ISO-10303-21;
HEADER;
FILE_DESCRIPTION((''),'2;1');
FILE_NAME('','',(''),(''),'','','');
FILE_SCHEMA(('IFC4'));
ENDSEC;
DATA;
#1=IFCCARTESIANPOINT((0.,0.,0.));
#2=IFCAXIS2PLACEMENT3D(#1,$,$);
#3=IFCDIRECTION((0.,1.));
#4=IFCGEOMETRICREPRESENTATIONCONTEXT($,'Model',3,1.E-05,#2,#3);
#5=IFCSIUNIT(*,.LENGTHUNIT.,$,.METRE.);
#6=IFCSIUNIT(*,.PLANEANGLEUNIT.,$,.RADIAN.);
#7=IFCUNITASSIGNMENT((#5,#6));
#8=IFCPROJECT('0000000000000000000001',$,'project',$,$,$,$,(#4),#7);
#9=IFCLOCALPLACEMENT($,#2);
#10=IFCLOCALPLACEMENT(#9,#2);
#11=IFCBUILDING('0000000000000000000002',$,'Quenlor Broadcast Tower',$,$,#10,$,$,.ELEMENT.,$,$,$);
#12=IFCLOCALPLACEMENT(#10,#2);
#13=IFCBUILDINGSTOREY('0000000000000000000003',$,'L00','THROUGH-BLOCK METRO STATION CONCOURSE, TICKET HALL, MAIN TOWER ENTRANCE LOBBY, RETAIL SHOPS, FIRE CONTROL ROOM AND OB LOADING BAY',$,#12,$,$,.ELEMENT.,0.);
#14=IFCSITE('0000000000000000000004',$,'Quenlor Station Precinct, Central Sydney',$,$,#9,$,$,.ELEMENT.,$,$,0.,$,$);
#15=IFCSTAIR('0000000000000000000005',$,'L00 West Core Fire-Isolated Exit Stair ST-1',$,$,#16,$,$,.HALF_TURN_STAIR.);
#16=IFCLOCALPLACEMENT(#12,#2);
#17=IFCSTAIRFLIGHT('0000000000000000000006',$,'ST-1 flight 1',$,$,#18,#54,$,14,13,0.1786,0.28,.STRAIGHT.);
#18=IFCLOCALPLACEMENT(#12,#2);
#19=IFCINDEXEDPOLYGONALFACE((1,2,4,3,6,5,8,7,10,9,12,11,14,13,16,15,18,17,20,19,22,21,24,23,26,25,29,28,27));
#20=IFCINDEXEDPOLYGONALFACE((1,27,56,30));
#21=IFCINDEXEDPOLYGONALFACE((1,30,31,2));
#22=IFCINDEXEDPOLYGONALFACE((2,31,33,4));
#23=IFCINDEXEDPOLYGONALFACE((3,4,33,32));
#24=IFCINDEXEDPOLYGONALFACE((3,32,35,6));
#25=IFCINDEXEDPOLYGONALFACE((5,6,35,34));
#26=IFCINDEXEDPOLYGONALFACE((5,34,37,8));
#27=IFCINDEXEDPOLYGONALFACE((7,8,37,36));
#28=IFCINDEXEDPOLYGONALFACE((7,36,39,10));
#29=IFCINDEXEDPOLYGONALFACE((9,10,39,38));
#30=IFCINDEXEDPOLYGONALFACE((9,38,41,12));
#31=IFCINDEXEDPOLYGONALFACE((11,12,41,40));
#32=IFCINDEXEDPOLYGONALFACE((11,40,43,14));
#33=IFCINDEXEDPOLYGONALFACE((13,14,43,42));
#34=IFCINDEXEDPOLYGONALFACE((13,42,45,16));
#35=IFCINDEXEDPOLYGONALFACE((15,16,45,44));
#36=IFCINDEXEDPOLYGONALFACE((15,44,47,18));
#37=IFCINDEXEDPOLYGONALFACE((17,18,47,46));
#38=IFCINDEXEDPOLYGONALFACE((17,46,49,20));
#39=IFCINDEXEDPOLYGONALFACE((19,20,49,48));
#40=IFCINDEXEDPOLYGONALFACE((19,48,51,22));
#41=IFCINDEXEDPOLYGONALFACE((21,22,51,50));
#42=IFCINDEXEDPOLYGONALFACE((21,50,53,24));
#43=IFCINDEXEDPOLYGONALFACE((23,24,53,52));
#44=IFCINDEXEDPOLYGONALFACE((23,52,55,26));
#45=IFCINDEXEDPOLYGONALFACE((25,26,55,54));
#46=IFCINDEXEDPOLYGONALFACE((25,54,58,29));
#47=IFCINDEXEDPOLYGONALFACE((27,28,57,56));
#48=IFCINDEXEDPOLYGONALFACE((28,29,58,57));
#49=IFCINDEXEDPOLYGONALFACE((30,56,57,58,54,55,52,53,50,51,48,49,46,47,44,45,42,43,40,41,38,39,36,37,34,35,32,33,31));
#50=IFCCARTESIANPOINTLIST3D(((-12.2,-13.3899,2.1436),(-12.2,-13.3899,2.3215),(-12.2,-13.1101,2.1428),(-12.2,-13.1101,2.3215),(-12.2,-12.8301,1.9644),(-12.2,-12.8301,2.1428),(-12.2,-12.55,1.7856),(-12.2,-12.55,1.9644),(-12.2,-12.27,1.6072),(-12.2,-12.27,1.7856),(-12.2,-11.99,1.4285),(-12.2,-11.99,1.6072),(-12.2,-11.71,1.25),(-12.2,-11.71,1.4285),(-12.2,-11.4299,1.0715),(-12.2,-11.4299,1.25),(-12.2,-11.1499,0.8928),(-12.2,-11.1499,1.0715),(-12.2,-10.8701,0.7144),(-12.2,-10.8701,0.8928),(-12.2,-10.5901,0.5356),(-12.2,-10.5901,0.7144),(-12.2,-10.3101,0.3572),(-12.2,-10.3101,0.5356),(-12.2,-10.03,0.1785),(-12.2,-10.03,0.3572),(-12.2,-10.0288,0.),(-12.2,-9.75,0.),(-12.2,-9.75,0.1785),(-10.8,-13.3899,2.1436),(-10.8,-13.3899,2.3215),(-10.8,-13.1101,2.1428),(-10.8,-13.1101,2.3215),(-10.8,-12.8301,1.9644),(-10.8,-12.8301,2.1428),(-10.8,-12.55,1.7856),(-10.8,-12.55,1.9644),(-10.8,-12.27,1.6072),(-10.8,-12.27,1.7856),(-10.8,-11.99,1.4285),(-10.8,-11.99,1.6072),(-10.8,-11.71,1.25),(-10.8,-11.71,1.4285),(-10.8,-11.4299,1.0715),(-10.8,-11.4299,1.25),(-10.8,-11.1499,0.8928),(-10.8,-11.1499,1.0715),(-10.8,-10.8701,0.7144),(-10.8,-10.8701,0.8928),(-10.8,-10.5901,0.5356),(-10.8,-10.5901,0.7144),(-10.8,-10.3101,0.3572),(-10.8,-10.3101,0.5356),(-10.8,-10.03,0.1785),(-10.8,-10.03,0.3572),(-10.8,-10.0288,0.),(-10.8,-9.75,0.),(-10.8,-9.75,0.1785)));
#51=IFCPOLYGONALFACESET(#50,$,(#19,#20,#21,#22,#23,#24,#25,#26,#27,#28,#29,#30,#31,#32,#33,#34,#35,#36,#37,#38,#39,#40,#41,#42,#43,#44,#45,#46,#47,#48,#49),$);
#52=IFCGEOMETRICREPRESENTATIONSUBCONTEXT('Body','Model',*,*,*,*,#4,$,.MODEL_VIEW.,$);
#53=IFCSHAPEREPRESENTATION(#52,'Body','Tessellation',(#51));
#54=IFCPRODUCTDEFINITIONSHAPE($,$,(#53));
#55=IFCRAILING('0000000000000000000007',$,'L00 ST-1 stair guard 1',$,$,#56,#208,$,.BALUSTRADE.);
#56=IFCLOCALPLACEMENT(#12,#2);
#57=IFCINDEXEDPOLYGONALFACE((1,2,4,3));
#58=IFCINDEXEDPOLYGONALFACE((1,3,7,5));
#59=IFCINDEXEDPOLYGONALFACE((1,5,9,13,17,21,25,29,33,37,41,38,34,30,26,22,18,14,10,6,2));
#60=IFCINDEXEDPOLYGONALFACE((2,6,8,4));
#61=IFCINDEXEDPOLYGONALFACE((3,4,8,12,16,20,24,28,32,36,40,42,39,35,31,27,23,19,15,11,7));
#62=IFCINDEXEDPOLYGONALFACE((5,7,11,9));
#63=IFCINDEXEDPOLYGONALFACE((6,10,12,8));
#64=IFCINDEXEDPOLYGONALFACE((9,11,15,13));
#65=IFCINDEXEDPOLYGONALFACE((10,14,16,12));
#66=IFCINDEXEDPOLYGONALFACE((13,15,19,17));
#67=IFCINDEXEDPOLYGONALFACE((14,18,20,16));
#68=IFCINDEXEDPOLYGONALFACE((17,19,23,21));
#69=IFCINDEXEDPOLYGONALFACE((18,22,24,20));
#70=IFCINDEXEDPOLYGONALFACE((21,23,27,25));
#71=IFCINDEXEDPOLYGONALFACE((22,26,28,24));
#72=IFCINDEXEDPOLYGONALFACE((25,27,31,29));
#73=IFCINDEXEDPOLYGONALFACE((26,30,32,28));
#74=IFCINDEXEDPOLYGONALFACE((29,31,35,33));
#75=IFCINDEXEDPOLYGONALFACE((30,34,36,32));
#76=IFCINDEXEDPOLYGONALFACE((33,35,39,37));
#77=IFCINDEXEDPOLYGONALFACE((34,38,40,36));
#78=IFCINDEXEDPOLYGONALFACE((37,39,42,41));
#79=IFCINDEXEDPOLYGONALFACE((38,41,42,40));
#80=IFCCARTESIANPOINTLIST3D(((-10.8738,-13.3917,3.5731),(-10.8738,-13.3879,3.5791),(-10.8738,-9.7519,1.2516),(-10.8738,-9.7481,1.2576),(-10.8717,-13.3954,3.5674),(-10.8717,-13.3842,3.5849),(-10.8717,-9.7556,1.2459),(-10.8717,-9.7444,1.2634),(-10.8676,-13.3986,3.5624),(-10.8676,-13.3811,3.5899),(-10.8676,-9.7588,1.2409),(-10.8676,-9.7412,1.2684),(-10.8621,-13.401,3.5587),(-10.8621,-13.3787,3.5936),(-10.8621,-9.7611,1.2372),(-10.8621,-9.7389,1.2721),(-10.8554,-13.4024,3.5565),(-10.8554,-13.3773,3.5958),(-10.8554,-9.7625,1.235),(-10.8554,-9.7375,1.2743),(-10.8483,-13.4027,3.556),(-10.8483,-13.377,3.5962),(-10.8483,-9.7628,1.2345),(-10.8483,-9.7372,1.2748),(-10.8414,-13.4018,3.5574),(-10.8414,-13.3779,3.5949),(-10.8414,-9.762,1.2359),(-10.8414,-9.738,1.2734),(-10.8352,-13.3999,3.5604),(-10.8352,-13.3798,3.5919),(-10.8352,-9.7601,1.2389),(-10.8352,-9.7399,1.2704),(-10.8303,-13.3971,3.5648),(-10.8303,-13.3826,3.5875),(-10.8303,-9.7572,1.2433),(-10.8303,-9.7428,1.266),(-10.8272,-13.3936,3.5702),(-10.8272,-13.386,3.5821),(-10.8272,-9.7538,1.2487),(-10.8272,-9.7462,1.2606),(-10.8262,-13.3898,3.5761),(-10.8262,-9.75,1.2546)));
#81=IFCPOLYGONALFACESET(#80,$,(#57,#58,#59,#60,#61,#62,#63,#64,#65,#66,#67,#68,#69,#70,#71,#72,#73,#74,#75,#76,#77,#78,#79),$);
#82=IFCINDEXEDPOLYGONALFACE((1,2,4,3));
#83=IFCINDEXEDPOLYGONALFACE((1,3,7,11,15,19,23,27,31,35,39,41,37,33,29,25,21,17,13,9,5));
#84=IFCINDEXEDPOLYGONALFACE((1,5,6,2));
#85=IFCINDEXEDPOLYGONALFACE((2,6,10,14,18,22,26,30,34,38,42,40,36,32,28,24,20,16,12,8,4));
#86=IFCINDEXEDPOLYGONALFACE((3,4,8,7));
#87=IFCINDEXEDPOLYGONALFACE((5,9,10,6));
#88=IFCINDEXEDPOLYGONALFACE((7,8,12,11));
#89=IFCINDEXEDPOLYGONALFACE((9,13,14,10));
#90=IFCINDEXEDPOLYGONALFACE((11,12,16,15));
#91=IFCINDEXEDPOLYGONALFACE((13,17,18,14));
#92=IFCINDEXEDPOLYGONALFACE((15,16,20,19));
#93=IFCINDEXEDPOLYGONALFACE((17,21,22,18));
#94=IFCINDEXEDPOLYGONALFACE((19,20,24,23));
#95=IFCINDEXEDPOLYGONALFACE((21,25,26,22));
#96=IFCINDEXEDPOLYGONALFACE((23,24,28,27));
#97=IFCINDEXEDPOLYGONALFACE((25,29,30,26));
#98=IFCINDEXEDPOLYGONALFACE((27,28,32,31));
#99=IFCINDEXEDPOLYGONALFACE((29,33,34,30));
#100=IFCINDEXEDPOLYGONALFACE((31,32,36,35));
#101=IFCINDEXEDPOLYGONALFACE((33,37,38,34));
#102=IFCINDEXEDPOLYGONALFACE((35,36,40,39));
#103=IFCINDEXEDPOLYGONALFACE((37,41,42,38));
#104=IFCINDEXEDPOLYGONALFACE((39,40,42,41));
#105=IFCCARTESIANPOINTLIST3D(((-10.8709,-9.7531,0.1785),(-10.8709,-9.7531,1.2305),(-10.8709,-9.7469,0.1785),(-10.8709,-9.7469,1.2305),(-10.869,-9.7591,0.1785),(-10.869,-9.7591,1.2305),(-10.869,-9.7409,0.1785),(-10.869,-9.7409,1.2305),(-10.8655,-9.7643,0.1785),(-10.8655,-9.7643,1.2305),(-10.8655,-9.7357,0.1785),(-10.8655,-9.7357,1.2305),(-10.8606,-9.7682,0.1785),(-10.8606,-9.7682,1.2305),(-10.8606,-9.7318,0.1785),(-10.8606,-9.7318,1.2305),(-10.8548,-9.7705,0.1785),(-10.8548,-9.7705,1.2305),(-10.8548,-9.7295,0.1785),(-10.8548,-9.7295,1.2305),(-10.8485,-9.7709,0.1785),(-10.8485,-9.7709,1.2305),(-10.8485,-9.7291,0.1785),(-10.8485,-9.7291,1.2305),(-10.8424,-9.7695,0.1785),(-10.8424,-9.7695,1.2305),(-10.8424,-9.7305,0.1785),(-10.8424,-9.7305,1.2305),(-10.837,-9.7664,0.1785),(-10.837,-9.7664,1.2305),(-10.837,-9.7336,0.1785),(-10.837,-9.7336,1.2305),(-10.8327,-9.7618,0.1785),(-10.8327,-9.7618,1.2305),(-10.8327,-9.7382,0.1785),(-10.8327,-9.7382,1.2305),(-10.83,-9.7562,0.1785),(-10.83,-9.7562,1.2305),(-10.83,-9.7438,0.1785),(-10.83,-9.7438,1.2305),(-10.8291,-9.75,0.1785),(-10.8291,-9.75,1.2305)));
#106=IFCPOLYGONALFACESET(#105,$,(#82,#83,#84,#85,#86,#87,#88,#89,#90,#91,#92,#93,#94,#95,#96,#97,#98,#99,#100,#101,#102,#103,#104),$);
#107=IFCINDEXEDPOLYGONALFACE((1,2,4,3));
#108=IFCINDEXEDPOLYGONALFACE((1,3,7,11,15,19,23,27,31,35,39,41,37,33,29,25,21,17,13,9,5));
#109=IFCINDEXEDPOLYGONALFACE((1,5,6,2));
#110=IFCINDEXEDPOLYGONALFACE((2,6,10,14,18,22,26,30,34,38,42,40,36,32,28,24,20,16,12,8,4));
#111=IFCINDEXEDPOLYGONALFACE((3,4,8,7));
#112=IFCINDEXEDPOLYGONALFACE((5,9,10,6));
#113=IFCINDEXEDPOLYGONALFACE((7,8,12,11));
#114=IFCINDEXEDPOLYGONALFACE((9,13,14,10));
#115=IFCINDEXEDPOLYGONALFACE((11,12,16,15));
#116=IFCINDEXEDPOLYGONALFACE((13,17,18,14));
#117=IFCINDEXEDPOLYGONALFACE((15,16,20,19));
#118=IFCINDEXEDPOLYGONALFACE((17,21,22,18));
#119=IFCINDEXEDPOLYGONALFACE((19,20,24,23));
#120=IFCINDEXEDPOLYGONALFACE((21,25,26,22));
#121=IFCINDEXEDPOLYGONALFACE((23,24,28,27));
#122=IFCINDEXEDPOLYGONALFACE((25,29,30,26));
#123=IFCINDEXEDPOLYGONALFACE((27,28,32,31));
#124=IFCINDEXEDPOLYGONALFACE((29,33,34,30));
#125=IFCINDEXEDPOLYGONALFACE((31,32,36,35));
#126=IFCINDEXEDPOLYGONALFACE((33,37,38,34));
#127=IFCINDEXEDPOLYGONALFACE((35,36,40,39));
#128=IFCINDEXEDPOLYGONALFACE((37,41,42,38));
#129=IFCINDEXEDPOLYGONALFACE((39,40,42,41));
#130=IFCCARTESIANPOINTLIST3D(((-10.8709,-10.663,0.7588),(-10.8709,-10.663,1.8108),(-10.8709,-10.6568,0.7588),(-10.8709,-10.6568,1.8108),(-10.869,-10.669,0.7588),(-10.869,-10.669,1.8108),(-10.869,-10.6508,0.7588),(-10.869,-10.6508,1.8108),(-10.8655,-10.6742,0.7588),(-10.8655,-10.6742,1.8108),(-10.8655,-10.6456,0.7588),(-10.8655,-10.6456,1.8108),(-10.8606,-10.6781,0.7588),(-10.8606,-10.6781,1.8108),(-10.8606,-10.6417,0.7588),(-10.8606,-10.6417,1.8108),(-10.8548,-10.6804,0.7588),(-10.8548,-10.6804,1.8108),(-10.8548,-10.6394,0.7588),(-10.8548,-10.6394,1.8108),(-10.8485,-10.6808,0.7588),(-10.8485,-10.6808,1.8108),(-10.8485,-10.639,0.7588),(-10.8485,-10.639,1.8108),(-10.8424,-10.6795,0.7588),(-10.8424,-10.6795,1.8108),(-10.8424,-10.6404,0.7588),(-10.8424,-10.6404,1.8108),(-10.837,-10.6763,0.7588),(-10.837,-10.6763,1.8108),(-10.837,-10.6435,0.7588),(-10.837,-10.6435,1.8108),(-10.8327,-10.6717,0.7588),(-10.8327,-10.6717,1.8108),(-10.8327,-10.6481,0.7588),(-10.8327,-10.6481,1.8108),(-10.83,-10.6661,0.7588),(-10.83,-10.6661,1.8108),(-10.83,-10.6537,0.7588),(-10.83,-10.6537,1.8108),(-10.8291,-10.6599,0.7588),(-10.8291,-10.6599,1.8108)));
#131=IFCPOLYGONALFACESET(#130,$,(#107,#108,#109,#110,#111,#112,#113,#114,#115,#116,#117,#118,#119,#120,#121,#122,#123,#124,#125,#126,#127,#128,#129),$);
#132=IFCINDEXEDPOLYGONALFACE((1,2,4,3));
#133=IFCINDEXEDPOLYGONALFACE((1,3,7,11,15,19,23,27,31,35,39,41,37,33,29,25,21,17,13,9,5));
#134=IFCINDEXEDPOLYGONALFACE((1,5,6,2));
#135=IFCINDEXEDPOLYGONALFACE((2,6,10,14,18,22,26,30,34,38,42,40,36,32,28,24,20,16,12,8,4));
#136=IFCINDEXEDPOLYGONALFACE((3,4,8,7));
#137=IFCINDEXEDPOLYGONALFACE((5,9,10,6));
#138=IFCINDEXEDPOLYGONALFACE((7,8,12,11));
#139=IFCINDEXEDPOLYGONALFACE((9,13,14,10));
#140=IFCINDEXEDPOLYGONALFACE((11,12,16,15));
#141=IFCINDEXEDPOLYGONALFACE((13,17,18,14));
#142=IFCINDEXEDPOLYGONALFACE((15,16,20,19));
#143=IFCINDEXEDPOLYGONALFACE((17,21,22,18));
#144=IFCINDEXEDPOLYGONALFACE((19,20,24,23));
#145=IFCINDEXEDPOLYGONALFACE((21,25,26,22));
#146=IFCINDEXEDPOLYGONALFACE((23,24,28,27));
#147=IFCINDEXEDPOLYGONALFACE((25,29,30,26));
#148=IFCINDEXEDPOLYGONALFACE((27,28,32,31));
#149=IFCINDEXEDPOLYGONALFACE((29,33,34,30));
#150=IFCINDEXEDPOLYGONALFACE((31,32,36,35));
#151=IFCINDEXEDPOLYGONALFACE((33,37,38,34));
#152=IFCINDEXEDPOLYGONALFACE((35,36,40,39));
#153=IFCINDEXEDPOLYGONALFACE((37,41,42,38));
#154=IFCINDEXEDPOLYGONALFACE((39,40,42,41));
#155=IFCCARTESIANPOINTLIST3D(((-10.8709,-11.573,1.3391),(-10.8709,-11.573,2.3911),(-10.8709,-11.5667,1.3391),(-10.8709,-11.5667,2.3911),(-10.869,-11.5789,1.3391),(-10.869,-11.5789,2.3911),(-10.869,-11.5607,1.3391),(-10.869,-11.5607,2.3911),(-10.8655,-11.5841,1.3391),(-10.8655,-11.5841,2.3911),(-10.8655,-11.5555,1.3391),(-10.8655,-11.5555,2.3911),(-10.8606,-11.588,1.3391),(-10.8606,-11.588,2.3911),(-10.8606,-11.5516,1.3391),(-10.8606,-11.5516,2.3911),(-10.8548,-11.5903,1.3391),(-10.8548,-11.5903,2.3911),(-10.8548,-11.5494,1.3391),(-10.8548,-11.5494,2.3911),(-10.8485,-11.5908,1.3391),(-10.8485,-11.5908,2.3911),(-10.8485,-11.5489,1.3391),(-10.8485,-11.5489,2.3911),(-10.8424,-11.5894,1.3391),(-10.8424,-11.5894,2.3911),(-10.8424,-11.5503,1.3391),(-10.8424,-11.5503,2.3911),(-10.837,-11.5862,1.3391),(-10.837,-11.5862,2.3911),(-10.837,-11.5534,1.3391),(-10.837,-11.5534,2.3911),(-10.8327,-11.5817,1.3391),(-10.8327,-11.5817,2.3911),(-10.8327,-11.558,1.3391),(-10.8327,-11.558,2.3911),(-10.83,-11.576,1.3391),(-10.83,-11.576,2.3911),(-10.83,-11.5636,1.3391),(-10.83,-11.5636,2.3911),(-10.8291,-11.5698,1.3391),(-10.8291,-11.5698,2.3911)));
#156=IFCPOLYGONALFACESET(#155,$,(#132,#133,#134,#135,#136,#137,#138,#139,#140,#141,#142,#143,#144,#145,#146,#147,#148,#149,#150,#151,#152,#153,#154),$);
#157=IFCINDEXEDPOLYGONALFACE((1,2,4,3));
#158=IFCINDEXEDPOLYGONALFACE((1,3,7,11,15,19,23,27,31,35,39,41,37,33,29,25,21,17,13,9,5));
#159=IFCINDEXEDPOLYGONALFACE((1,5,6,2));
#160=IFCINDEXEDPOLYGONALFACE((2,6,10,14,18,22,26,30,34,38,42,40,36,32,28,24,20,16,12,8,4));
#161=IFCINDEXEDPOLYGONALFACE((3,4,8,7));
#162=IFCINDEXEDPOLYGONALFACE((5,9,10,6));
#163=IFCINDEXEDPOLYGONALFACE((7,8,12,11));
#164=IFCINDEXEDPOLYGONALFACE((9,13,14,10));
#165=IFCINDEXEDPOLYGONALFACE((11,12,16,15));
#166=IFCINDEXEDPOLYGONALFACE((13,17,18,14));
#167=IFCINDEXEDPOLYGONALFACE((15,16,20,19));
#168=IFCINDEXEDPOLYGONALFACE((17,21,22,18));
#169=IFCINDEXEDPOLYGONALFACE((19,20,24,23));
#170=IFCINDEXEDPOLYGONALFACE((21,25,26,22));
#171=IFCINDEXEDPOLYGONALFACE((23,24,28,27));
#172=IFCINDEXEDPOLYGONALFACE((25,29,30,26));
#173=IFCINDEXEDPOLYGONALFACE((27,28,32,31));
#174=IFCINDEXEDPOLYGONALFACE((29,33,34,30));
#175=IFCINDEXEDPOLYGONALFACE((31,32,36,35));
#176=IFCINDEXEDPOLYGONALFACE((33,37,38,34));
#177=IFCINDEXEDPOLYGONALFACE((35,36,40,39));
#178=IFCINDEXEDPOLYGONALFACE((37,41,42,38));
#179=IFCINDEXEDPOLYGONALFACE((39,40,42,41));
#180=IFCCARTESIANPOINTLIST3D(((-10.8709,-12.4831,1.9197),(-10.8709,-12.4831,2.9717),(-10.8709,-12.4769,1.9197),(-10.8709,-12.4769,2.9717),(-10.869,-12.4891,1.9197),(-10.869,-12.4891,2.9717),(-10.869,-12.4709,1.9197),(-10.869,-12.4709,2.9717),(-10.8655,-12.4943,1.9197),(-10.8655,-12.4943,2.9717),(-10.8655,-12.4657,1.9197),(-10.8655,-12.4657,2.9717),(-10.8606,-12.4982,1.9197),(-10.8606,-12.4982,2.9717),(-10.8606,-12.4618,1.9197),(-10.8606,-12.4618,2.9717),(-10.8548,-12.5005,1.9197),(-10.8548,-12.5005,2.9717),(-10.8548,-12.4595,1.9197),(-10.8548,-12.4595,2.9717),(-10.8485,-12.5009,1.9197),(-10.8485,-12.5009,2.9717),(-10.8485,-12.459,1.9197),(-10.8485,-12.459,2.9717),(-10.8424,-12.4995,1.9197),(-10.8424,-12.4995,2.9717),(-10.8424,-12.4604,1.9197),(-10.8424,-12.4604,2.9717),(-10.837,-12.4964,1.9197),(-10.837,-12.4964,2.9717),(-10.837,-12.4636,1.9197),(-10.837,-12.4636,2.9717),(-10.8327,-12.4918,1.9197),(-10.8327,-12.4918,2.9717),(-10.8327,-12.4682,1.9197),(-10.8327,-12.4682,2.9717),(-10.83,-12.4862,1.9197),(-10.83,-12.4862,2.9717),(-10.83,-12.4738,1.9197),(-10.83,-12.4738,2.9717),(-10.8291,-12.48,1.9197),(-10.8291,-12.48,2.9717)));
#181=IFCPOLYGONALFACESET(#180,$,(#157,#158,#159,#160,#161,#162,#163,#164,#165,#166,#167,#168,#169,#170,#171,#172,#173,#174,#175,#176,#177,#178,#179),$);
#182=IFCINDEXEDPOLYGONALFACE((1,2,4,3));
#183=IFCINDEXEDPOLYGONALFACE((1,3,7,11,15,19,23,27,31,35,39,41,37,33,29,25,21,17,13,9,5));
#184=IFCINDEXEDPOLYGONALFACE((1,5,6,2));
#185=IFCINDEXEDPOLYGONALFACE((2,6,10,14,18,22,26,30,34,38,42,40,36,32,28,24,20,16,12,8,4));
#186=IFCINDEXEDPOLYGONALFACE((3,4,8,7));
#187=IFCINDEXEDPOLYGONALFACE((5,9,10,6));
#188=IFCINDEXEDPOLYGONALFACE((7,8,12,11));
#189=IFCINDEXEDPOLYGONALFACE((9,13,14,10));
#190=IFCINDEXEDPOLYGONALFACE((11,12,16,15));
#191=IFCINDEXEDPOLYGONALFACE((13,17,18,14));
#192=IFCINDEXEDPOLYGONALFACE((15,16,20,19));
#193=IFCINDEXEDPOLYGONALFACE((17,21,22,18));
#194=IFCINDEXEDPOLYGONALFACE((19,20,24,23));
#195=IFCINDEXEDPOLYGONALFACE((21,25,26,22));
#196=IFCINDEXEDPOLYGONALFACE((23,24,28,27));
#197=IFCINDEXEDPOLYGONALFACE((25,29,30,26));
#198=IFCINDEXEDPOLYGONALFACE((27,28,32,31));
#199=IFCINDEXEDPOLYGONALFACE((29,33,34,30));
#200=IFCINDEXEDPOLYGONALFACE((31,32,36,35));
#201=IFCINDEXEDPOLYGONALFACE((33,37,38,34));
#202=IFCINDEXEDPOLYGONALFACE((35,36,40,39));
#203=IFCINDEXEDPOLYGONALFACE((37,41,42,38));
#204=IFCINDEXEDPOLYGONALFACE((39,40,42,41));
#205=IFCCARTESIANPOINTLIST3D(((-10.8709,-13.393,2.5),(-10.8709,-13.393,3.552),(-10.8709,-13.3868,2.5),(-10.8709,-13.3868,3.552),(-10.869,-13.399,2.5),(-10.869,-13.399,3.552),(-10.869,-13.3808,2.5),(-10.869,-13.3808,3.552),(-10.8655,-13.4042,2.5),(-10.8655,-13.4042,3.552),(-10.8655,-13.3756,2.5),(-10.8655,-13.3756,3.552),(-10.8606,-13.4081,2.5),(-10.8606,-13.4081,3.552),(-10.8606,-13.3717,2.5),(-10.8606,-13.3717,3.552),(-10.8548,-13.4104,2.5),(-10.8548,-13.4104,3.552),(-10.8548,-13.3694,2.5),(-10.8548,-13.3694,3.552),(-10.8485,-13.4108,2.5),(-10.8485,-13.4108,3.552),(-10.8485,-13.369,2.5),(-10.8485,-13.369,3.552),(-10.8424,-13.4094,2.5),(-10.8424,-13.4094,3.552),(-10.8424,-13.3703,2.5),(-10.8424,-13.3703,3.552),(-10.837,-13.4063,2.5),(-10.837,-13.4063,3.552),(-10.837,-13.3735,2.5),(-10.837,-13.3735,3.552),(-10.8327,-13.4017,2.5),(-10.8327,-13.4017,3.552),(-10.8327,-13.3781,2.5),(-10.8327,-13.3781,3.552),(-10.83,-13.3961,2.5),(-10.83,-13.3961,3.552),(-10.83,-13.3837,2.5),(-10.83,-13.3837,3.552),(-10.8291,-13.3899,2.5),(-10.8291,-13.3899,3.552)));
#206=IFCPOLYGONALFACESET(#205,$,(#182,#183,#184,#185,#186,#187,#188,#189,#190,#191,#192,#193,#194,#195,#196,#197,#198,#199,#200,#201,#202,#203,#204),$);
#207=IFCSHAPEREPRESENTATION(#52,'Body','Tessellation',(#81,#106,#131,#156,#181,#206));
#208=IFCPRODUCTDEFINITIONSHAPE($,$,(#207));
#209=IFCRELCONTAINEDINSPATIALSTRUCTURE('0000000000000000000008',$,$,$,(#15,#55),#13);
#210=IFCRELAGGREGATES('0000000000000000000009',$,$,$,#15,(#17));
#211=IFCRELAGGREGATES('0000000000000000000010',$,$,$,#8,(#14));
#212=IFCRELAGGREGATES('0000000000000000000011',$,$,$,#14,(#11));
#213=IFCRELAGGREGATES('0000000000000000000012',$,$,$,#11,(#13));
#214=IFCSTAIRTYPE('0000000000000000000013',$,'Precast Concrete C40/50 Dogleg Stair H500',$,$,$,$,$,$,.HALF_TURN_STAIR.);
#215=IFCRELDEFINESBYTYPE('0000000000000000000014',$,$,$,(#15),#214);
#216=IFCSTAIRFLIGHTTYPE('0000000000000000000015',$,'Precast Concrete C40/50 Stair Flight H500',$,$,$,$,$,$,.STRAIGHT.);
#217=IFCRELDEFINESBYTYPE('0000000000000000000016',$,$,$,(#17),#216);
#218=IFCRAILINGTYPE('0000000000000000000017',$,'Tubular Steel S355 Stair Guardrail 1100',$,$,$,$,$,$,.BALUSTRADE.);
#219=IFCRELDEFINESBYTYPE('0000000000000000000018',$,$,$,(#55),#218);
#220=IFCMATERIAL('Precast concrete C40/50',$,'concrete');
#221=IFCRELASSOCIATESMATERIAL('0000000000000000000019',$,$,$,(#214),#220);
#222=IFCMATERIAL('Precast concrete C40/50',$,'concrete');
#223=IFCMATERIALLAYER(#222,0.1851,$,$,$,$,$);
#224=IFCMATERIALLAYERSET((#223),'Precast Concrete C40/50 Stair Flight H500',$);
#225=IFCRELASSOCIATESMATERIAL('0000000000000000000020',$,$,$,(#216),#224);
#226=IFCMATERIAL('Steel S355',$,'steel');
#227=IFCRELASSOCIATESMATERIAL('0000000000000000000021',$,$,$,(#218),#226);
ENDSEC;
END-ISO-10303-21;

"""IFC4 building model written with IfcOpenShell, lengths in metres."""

from ifc_helpers import new_model, si_unit, direction, frame, origin, origin_2d, place, context, subcontext, project, spatial, polyline, circle, outline, extrude, material, layer, layer_set, type_object, element, aggregate, save


model = new_model("IFC4")

# Units and contexts
model_context = context("Model", 3, precision=1e-05, world=origin(), true_north=direction((0.0, 1.0)))
body_context = subcontext(model_context, "Body", "Model", "MODEL_VIEW")
ifc_project = project(units=[si_unit("LENGTHUNIT", "METRE"), si_unit("PLANEANGLEUNIT", "RADIAN")], contexts=[model_context])

# Site, building, storey
site_placement = place(None, origin())
site = spatial("IfcSite", under=ifc_project, at=site_placement, Name="Quenlor Station Precinct, Central Sydney", CompositionType="ELEMENT", RefElevation=0.0)
building_placement = place(site_placement, origin())
building = spatial("IfcBuilding", under=site, at=building_placement, Name="Quenlor Broadcast Tower", CompositionType="ELEMENT")
storey_placement = place(building_placement, origin())
storey = spatial("IfcBuildingStorey", under=building, at=storey_placement, Name="L00", Description="THROUGH-BLOCK METRO STATION CONCOURSE, TICKET HALL, MAIN TOWER ENTRANCE LOBBY, RETAIL SHOPS, FIRE CONTROL ROOM AND OB LOADING BAY", CompositionType="ELEMENT", Elevation=0.0)

# Stair, stair flight
ifc_material_1 = material(Name="Precast concrete C40/50", Category="concrete")
stair_type = type_object("IfcStairType", Name="Precast Concrete C40/50 Dogleg Stair H500", PredefinedType="HALF_TURN_STAIR", material=ifc_material_1)
stair_placement = place(storey_placement, origin())
stair = element("IfcStair", 1, at=stair_placement, inside=storey, type_object=stair_type, Name="L00 West Core Fire-Isolated Exit Stair ST-1", PredefinedType="HALF_TURN_STAIR")
ifc_material_2 = material(Name="Precast concrete C40/50", Category="concrete")
ifc_layer_1 = layer(ifc_material_2, 0.1851)
ifc_layer_set_1 = layer_set([ifc_layer_1], Name="Precast Concrete C40/50 Stair Flight H500")
stair_flight_type = type_object("IfcStairFlightType", Name="Precast Concrete C40/50 Stair Flight H500", PredefinedType="STRAIGHT", material=ifc_layer_set_1)
stair_flight_placement = place(storey_placement, frame((-11.5, -9.75, 0.0), z_axis=(0.0, 0.0, 1.0), x_axis=(0.0, -1.0, 0.0)))
stair_flight = element("IfcStairFlight", 2, at=stair_flight_placement, type_object=stair_flight_type, Name="ST-1 flight 1", NumberOfRisers=14, NumberOfTreads=13, PredefinedType="STRAIGHT", RiserHeight=0.1786, TreadLength=0.28, context=body_context, shape_type="SweptSolid", body=[
    extrude(outline(polyline([(0.0, 0.0), (0.0, 0.1785), (0.28, 0.1785), (0.28, 0.3572), (0.5601, 0.3572), (0.5601, 0.5356), (0.8401, 0.5356), (0.8401, 0.7144), (1.1201, 0.7144), (1.1201, 0.8928), (1.3999, 0.8928), (1.3999, 1.0715), (1.6799, 1.0715), (1.6799, 1.25), (1.96, 1.25), (1.96, 1.4285), (2.24, 1.4285), (2.24, 1.6072), (2.52, 1.6072), (2.52, 1.7856), (2.8, 1.7856), (2.8, 1.9644), (3.0801, 1.9644), (3.0801, 2.1428), (3.3601, 2.1428), (3.3601, 2.3215), (3.6399, 2.3215), (3.6399, 2.5), (3.6399, 2.1436), (0.2788, 0.0), (0.0, 0.0)])), frame((0.0, 0.7, 0.0), z_axis=(0.0, -1.0, 0.0), x_axis=(1.0, 0.0, 0.0)), (0.0, 0.0, 1.0), 1.3999),
])
aggregate(stair, [stair_flight])

# Railing
ifc_material_3 = material(Name="Steel S355", Category="steel")
railing_type = type_object("IfcRailingType", Name="Tubular Steel S355 Stair Guardrail 1100", PredefinedType="BALUSTRADE", material=ifc_material_3)
railing_1_placement = place(storey_placement, frame((-10.8501, -9.75, 0.1785)))
element("IfcRailing", 3, at=railing_1_placement, inside=storey, type_object=railing_type, Name="L00 ST-1 stair guard 1", PredefinedType="BALUSTRADE", context=body_context, shape_type="SweptSolid", body=[
    extrude(circle(Radius=0.0239, at=origin_2d()), frame((0.0, 0.0, 1.0762), z_axis=(0.0, -0.843112, 0.537739), x_axis=(1.0, 0.0, 0.0)), (0.0, 0.0, 1.0), 4.3171),
    extrude(circle(Radius=0.021, at=origin_2d()), origin(), (0.0, 0.0, 1.0), 1.052),
    extrude(circle(Radius=0.021, at=origin_2d()), frame((0.0, -0.9099, 0.5803)), (0.0, 0.0, 1.0), 1.052),
    extrude(circle(Radius=0.021, at=origin_2d()), frame((0.0, -1.8198, 1.1606)), (0.0, 0.0, 1.0), 1.052),
    extrude(circle(Radius=0.021, at=origin_2d()), frame((0.0, -2.73, 1.7412)), (0.0, 0.0, 1.0), 1.052),
    extrude(circle(Radius=0.021, at=origin_2d()), frame((0.0, -3.6399, 2.3215)), (0.0, 0.0, 1.0), 1.052),
])

save(model, "model.ifc")
